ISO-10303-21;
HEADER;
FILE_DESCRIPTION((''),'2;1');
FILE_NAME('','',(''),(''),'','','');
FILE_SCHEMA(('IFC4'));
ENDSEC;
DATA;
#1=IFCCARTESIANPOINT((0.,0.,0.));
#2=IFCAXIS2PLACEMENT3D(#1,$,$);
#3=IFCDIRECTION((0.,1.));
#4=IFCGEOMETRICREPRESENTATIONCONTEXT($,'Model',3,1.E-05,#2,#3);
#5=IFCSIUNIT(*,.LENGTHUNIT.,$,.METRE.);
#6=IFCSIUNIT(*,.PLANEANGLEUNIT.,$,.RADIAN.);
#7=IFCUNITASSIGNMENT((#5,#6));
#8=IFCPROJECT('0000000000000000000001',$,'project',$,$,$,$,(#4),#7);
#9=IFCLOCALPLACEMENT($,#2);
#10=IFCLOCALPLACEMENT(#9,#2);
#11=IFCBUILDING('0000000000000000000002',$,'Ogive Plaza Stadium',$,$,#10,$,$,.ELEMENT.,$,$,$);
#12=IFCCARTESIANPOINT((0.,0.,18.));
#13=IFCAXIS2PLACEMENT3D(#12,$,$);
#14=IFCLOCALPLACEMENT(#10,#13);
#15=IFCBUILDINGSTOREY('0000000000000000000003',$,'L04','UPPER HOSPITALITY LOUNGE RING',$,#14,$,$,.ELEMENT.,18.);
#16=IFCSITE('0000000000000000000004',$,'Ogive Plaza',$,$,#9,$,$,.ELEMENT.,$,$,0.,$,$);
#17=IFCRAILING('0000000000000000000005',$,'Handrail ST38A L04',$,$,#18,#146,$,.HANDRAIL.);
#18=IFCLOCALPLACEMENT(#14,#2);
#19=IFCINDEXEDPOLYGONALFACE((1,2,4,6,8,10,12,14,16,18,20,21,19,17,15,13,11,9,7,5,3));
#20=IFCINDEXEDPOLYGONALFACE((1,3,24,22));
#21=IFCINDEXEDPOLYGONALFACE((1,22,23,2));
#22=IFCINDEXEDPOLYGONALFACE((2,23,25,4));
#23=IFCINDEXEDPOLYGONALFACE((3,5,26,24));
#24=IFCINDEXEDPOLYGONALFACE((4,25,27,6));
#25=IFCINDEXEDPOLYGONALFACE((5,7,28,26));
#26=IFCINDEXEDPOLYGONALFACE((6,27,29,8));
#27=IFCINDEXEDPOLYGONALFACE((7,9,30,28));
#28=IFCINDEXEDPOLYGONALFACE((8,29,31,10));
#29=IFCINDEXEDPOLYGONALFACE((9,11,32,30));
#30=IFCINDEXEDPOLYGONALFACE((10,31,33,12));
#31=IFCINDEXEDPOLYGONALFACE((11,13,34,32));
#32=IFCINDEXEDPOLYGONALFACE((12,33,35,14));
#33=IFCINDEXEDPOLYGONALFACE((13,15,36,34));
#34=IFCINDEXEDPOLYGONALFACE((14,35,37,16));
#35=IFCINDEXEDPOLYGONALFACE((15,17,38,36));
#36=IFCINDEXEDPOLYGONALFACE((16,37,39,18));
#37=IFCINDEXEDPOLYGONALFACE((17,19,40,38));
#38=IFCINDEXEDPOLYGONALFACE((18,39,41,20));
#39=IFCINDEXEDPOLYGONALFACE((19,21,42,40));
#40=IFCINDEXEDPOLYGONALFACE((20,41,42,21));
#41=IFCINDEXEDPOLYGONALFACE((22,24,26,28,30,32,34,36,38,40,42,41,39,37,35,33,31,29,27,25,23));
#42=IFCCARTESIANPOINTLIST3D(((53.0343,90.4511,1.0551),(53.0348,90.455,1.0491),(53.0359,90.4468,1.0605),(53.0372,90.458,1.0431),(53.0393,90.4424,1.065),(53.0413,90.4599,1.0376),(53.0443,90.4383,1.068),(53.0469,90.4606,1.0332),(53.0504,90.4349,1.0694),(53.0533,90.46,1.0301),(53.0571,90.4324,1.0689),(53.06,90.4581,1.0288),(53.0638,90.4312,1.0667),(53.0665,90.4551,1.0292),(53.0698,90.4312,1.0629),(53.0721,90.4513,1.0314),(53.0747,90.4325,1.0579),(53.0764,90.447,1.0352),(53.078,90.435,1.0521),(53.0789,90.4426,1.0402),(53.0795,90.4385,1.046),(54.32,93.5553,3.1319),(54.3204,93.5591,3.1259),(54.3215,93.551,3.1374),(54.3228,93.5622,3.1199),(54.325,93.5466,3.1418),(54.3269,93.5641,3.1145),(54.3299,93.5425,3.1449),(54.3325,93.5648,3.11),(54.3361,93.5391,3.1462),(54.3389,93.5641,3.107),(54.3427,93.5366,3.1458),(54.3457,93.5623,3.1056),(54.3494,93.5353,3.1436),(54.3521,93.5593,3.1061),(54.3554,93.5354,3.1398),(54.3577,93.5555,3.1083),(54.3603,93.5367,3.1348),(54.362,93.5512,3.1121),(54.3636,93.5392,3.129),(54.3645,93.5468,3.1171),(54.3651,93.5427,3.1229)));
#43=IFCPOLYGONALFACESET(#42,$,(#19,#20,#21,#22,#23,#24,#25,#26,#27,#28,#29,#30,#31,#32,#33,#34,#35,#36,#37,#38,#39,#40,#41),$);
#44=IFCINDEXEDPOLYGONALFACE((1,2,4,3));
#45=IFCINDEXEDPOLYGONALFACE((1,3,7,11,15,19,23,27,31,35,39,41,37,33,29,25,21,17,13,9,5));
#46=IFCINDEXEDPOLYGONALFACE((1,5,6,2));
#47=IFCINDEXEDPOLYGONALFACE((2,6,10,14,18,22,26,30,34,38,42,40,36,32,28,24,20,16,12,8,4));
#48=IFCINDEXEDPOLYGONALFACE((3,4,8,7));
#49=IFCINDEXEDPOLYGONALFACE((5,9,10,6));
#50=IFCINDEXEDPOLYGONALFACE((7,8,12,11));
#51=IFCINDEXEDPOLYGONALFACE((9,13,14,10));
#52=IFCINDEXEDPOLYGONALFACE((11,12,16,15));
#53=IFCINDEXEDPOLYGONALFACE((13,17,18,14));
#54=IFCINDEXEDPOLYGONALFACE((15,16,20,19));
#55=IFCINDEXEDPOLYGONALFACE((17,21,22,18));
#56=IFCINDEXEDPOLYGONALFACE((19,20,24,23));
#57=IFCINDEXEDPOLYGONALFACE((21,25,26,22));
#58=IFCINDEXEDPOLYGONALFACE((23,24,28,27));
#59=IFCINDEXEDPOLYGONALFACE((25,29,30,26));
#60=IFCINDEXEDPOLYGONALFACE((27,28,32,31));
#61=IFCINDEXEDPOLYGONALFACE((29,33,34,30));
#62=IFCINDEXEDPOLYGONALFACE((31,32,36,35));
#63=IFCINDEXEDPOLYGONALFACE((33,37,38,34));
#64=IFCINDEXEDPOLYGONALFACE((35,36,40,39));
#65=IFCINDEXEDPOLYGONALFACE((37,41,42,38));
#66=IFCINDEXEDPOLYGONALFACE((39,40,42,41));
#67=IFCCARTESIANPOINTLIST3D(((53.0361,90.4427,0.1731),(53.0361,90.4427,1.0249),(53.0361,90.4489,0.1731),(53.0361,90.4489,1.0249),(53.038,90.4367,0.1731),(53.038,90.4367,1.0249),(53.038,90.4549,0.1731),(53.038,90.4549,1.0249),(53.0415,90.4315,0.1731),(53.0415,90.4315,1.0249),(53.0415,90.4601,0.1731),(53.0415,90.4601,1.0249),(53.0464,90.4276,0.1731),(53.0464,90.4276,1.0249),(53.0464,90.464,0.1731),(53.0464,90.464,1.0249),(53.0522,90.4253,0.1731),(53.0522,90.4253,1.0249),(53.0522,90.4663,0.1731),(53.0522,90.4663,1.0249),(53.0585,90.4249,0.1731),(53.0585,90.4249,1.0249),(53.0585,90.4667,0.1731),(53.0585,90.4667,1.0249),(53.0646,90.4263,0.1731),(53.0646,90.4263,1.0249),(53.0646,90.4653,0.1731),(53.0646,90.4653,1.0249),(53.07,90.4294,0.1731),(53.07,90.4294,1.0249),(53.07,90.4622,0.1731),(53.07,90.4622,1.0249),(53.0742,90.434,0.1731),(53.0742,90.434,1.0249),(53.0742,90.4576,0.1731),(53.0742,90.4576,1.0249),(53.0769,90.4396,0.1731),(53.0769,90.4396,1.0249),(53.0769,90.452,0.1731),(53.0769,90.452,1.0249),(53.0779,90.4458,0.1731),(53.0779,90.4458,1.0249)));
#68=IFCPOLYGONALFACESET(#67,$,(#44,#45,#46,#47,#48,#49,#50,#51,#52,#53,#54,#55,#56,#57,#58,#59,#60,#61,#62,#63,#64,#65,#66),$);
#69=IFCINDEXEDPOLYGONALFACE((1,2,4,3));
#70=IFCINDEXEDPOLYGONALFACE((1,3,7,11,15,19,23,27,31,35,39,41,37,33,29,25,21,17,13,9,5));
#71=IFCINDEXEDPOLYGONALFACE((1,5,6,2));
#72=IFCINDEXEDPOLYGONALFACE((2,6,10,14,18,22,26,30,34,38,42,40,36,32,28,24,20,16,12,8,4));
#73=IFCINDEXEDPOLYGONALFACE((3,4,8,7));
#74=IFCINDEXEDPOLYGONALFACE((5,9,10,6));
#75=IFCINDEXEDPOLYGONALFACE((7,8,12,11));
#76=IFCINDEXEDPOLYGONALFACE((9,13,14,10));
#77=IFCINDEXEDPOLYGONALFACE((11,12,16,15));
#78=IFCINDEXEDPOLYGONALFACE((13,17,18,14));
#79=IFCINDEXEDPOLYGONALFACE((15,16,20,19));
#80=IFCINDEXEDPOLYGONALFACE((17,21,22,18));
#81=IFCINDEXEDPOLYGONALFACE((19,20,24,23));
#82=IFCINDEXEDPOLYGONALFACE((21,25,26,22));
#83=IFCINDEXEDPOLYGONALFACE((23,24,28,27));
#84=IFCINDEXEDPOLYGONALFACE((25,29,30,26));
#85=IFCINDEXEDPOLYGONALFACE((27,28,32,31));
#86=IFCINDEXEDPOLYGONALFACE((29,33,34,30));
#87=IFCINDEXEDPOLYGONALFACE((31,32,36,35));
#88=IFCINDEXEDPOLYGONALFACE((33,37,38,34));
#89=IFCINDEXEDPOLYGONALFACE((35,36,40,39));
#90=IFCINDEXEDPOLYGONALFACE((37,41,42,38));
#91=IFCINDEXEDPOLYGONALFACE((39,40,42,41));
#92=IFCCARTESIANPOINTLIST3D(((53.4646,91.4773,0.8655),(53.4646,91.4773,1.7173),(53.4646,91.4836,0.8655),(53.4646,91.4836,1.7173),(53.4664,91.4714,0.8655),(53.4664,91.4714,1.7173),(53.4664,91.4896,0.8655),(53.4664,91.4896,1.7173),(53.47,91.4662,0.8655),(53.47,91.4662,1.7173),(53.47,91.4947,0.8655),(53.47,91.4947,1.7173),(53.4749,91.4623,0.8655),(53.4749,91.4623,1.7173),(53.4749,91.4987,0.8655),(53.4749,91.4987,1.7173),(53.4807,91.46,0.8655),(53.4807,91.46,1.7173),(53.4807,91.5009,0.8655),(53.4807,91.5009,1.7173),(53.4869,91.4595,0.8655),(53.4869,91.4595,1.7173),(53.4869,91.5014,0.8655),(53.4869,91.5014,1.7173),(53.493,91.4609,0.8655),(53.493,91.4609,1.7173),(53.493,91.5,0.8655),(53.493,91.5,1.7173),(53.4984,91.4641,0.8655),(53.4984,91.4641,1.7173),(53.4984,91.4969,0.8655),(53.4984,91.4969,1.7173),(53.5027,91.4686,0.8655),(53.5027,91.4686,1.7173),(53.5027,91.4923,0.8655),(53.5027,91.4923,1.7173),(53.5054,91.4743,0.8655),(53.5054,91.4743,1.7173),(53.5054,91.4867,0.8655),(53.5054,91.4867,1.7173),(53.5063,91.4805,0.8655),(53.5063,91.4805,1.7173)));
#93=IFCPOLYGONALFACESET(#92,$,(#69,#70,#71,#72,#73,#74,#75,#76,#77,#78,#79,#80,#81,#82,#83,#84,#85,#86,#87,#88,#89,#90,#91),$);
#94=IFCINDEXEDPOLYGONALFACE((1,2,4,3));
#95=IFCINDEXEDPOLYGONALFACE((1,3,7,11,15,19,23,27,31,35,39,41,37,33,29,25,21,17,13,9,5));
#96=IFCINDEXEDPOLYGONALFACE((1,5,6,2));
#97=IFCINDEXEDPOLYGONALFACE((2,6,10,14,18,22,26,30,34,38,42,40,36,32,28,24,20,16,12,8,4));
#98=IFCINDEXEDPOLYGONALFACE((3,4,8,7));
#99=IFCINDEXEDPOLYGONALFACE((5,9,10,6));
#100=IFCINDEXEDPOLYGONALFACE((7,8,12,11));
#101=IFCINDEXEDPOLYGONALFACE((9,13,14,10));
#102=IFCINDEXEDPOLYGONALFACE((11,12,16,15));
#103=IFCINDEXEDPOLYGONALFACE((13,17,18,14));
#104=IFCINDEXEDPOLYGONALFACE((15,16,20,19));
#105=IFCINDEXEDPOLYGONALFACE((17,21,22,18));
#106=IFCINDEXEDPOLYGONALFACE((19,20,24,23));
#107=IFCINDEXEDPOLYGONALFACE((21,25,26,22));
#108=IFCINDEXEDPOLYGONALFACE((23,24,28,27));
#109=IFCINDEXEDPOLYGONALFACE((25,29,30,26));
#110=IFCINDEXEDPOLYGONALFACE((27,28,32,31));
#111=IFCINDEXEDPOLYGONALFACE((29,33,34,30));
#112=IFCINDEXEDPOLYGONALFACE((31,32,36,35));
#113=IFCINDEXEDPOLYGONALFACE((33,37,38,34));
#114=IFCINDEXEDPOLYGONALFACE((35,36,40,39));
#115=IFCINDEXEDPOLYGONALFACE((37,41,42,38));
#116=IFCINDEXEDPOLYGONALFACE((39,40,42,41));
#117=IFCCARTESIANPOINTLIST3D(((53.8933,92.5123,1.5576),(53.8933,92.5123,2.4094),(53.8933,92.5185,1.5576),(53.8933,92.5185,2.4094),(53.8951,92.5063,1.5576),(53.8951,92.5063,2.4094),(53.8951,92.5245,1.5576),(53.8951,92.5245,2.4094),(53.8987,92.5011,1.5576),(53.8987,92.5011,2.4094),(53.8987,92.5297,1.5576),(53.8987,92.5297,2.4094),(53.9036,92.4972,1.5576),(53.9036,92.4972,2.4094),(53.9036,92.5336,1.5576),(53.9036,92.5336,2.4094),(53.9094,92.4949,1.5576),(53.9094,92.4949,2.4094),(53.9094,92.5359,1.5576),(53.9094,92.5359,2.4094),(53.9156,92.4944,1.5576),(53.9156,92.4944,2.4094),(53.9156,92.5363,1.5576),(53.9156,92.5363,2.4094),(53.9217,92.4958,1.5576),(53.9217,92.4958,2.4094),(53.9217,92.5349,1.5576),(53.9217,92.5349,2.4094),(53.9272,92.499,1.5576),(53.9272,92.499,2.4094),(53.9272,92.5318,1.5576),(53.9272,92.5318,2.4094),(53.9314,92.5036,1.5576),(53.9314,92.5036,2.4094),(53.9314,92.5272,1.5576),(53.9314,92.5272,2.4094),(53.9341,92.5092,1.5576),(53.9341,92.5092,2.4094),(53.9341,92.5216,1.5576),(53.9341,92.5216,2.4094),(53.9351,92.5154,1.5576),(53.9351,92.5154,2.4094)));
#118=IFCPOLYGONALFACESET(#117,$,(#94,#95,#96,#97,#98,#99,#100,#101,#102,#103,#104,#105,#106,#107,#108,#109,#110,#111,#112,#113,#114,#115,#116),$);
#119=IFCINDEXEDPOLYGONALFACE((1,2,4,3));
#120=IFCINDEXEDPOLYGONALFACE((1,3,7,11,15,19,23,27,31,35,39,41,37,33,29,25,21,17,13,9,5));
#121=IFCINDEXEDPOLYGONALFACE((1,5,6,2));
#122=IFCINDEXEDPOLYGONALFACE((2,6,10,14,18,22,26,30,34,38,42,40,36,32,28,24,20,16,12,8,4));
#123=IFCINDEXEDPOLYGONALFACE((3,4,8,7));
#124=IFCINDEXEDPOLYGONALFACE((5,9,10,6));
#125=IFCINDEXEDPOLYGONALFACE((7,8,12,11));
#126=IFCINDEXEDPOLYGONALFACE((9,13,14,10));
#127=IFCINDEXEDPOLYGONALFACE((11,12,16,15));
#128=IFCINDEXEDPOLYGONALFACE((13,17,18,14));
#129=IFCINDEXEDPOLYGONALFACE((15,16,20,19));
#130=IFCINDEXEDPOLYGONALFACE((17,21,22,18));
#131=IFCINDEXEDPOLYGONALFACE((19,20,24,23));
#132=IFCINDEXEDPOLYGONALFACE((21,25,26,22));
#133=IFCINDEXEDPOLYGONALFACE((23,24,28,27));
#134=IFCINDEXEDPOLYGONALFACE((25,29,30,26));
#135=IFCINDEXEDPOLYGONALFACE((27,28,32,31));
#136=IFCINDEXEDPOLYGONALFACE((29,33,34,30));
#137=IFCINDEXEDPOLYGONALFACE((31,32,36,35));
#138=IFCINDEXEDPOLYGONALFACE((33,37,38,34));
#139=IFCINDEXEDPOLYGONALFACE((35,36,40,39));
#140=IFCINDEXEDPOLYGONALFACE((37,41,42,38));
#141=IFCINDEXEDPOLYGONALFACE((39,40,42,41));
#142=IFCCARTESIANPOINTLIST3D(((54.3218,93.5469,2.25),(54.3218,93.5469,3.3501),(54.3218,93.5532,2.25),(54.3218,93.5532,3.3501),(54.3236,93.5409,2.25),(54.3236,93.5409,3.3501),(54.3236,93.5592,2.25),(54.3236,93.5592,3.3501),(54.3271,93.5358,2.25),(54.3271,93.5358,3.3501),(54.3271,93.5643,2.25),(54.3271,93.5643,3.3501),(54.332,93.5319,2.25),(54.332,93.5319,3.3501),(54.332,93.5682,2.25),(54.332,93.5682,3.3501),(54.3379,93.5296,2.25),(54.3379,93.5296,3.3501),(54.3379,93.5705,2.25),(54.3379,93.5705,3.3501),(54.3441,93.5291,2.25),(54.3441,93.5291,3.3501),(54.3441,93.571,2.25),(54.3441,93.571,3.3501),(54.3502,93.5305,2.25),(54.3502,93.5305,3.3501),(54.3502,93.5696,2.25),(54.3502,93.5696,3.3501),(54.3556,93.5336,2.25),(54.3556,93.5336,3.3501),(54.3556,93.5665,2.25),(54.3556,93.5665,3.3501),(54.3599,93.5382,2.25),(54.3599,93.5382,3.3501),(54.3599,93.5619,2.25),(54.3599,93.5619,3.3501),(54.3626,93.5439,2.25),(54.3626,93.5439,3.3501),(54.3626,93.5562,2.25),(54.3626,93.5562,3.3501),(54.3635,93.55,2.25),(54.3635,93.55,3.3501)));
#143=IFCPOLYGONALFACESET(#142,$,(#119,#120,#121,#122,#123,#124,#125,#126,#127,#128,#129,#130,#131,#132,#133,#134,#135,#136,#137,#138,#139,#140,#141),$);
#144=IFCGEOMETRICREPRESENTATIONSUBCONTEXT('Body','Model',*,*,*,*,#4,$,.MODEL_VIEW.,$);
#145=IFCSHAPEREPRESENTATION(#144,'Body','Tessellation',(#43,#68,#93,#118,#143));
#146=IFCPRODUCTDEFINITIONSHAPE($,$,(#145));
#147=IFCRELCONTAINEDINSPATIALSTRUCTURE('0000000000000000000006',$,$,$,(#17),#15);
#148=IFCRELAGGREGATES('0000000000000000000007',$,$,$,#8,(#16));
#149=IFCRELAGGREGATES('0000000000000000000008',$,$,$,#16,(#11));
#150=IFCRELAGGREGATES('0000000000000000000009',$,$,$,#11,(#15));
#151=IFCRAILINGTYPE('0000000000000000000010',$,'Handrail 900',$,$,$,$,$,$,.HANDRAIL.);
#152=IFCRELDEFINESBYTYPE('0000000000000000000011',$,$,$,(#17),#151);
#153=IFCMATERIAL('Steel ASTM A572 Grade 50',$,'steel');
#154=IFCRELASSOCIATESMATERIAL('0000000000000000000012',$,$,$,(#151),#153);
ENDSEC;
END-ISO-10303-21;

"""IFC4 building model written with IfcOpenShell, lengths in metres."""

from ifc_helpers import new_model, si_unit, direction, frame, origin, origin_2d, place, context, subcontext, project, spatial, circle, extrude, material, type_object, element, save


model = new_model("IFC4")

# Units and contexts
model_context = context("Model", 3, precision=1e-05, world=origin(), true_north=direction((0.0, 1.0)))
body_context = subcontext(model_context, "Body", "Model", "MODEL_VIEW")
ifc_project = project(units=[si_unit("LENGTHUNIT", "METRE"), si_unit("PLANEANGLEUNIT", "RADIAN")], contexts=[model_context])

# Site, building, storey
site_placement = place(None, origin())
site = spatial("IfcSite", under=ifc_project, at=site_placement, Name="Ogive Plaza", CompositionType="ELEMENT", RefElevation=0.0)
building_placement = place(site_placement, origin())
building = spatial("IfcBuilding", under=site, at=building_placement, Name="Ogive Plaza Stadium", CompositionType="ELEMENT")
storey_placement = place(building_placement, frame((0.0, 0.0, 18.0)))
storey = spatial("IfcBuildingStorey", under=building, at=storey_placement, Name="L04", Description="UPPER HOSPITALITY LOUNGE RING", CompositionType="ELEMENT", Elevation=18.0)

# Railing
ifc_material_1 = material(Name="Steel ASTM A572 Grade 50", Category="steel")
railing_type_1 = type_object("IfcRailingType", Name="Handrail 900", PredefinedType="HANDRAIL", material=ifc_material_1)
railing_1_placement = place(storey_placement, frame((53.0569, 90.4458, 0.1731)))
element("IfcRailing", 1, at=railing_1_placement, inside=storey, type_object=railing_type_1, Name="Handrail ST38A L04", PredefinedType="HANDRAIL", context=body_context, shape_type="SweptSolid", body=[
    extrude(circle(Radius=0.0239, at=origin_2d()), frame((0.0, 0.0, 0.876), z_axis=(0.325477, 0.785879, 0.525794), x_axis=(-0.923898, 0.382638, 0.0)), (0.0, 0.0, 1.0), 3.95),
    extrude(circle(Radius=0.021, at=origin_2d()), origin(), (0.0, 0.0, 1.0), 0.8518),
    extrude(circle(Radius=0.021, at=origin_2d()), frame((0.4285, 1.0347, 0.6924)), (0.0, 0.0, 1.0), 0.8518),
    extrude(circle(Radius=0.021, at=origin_2d()), frame((0.8572, 2.0696, 1.3845)), (0.0, 0.0, 1.0), 0.8518),
    extrude(circle(Radius=0.021, at=origin_2d()), frame((1.2856, 3.1042, 2.0769)), (0.0, 0.0, 1.0), 1.1001),
])

save(model, "model.ifc")
